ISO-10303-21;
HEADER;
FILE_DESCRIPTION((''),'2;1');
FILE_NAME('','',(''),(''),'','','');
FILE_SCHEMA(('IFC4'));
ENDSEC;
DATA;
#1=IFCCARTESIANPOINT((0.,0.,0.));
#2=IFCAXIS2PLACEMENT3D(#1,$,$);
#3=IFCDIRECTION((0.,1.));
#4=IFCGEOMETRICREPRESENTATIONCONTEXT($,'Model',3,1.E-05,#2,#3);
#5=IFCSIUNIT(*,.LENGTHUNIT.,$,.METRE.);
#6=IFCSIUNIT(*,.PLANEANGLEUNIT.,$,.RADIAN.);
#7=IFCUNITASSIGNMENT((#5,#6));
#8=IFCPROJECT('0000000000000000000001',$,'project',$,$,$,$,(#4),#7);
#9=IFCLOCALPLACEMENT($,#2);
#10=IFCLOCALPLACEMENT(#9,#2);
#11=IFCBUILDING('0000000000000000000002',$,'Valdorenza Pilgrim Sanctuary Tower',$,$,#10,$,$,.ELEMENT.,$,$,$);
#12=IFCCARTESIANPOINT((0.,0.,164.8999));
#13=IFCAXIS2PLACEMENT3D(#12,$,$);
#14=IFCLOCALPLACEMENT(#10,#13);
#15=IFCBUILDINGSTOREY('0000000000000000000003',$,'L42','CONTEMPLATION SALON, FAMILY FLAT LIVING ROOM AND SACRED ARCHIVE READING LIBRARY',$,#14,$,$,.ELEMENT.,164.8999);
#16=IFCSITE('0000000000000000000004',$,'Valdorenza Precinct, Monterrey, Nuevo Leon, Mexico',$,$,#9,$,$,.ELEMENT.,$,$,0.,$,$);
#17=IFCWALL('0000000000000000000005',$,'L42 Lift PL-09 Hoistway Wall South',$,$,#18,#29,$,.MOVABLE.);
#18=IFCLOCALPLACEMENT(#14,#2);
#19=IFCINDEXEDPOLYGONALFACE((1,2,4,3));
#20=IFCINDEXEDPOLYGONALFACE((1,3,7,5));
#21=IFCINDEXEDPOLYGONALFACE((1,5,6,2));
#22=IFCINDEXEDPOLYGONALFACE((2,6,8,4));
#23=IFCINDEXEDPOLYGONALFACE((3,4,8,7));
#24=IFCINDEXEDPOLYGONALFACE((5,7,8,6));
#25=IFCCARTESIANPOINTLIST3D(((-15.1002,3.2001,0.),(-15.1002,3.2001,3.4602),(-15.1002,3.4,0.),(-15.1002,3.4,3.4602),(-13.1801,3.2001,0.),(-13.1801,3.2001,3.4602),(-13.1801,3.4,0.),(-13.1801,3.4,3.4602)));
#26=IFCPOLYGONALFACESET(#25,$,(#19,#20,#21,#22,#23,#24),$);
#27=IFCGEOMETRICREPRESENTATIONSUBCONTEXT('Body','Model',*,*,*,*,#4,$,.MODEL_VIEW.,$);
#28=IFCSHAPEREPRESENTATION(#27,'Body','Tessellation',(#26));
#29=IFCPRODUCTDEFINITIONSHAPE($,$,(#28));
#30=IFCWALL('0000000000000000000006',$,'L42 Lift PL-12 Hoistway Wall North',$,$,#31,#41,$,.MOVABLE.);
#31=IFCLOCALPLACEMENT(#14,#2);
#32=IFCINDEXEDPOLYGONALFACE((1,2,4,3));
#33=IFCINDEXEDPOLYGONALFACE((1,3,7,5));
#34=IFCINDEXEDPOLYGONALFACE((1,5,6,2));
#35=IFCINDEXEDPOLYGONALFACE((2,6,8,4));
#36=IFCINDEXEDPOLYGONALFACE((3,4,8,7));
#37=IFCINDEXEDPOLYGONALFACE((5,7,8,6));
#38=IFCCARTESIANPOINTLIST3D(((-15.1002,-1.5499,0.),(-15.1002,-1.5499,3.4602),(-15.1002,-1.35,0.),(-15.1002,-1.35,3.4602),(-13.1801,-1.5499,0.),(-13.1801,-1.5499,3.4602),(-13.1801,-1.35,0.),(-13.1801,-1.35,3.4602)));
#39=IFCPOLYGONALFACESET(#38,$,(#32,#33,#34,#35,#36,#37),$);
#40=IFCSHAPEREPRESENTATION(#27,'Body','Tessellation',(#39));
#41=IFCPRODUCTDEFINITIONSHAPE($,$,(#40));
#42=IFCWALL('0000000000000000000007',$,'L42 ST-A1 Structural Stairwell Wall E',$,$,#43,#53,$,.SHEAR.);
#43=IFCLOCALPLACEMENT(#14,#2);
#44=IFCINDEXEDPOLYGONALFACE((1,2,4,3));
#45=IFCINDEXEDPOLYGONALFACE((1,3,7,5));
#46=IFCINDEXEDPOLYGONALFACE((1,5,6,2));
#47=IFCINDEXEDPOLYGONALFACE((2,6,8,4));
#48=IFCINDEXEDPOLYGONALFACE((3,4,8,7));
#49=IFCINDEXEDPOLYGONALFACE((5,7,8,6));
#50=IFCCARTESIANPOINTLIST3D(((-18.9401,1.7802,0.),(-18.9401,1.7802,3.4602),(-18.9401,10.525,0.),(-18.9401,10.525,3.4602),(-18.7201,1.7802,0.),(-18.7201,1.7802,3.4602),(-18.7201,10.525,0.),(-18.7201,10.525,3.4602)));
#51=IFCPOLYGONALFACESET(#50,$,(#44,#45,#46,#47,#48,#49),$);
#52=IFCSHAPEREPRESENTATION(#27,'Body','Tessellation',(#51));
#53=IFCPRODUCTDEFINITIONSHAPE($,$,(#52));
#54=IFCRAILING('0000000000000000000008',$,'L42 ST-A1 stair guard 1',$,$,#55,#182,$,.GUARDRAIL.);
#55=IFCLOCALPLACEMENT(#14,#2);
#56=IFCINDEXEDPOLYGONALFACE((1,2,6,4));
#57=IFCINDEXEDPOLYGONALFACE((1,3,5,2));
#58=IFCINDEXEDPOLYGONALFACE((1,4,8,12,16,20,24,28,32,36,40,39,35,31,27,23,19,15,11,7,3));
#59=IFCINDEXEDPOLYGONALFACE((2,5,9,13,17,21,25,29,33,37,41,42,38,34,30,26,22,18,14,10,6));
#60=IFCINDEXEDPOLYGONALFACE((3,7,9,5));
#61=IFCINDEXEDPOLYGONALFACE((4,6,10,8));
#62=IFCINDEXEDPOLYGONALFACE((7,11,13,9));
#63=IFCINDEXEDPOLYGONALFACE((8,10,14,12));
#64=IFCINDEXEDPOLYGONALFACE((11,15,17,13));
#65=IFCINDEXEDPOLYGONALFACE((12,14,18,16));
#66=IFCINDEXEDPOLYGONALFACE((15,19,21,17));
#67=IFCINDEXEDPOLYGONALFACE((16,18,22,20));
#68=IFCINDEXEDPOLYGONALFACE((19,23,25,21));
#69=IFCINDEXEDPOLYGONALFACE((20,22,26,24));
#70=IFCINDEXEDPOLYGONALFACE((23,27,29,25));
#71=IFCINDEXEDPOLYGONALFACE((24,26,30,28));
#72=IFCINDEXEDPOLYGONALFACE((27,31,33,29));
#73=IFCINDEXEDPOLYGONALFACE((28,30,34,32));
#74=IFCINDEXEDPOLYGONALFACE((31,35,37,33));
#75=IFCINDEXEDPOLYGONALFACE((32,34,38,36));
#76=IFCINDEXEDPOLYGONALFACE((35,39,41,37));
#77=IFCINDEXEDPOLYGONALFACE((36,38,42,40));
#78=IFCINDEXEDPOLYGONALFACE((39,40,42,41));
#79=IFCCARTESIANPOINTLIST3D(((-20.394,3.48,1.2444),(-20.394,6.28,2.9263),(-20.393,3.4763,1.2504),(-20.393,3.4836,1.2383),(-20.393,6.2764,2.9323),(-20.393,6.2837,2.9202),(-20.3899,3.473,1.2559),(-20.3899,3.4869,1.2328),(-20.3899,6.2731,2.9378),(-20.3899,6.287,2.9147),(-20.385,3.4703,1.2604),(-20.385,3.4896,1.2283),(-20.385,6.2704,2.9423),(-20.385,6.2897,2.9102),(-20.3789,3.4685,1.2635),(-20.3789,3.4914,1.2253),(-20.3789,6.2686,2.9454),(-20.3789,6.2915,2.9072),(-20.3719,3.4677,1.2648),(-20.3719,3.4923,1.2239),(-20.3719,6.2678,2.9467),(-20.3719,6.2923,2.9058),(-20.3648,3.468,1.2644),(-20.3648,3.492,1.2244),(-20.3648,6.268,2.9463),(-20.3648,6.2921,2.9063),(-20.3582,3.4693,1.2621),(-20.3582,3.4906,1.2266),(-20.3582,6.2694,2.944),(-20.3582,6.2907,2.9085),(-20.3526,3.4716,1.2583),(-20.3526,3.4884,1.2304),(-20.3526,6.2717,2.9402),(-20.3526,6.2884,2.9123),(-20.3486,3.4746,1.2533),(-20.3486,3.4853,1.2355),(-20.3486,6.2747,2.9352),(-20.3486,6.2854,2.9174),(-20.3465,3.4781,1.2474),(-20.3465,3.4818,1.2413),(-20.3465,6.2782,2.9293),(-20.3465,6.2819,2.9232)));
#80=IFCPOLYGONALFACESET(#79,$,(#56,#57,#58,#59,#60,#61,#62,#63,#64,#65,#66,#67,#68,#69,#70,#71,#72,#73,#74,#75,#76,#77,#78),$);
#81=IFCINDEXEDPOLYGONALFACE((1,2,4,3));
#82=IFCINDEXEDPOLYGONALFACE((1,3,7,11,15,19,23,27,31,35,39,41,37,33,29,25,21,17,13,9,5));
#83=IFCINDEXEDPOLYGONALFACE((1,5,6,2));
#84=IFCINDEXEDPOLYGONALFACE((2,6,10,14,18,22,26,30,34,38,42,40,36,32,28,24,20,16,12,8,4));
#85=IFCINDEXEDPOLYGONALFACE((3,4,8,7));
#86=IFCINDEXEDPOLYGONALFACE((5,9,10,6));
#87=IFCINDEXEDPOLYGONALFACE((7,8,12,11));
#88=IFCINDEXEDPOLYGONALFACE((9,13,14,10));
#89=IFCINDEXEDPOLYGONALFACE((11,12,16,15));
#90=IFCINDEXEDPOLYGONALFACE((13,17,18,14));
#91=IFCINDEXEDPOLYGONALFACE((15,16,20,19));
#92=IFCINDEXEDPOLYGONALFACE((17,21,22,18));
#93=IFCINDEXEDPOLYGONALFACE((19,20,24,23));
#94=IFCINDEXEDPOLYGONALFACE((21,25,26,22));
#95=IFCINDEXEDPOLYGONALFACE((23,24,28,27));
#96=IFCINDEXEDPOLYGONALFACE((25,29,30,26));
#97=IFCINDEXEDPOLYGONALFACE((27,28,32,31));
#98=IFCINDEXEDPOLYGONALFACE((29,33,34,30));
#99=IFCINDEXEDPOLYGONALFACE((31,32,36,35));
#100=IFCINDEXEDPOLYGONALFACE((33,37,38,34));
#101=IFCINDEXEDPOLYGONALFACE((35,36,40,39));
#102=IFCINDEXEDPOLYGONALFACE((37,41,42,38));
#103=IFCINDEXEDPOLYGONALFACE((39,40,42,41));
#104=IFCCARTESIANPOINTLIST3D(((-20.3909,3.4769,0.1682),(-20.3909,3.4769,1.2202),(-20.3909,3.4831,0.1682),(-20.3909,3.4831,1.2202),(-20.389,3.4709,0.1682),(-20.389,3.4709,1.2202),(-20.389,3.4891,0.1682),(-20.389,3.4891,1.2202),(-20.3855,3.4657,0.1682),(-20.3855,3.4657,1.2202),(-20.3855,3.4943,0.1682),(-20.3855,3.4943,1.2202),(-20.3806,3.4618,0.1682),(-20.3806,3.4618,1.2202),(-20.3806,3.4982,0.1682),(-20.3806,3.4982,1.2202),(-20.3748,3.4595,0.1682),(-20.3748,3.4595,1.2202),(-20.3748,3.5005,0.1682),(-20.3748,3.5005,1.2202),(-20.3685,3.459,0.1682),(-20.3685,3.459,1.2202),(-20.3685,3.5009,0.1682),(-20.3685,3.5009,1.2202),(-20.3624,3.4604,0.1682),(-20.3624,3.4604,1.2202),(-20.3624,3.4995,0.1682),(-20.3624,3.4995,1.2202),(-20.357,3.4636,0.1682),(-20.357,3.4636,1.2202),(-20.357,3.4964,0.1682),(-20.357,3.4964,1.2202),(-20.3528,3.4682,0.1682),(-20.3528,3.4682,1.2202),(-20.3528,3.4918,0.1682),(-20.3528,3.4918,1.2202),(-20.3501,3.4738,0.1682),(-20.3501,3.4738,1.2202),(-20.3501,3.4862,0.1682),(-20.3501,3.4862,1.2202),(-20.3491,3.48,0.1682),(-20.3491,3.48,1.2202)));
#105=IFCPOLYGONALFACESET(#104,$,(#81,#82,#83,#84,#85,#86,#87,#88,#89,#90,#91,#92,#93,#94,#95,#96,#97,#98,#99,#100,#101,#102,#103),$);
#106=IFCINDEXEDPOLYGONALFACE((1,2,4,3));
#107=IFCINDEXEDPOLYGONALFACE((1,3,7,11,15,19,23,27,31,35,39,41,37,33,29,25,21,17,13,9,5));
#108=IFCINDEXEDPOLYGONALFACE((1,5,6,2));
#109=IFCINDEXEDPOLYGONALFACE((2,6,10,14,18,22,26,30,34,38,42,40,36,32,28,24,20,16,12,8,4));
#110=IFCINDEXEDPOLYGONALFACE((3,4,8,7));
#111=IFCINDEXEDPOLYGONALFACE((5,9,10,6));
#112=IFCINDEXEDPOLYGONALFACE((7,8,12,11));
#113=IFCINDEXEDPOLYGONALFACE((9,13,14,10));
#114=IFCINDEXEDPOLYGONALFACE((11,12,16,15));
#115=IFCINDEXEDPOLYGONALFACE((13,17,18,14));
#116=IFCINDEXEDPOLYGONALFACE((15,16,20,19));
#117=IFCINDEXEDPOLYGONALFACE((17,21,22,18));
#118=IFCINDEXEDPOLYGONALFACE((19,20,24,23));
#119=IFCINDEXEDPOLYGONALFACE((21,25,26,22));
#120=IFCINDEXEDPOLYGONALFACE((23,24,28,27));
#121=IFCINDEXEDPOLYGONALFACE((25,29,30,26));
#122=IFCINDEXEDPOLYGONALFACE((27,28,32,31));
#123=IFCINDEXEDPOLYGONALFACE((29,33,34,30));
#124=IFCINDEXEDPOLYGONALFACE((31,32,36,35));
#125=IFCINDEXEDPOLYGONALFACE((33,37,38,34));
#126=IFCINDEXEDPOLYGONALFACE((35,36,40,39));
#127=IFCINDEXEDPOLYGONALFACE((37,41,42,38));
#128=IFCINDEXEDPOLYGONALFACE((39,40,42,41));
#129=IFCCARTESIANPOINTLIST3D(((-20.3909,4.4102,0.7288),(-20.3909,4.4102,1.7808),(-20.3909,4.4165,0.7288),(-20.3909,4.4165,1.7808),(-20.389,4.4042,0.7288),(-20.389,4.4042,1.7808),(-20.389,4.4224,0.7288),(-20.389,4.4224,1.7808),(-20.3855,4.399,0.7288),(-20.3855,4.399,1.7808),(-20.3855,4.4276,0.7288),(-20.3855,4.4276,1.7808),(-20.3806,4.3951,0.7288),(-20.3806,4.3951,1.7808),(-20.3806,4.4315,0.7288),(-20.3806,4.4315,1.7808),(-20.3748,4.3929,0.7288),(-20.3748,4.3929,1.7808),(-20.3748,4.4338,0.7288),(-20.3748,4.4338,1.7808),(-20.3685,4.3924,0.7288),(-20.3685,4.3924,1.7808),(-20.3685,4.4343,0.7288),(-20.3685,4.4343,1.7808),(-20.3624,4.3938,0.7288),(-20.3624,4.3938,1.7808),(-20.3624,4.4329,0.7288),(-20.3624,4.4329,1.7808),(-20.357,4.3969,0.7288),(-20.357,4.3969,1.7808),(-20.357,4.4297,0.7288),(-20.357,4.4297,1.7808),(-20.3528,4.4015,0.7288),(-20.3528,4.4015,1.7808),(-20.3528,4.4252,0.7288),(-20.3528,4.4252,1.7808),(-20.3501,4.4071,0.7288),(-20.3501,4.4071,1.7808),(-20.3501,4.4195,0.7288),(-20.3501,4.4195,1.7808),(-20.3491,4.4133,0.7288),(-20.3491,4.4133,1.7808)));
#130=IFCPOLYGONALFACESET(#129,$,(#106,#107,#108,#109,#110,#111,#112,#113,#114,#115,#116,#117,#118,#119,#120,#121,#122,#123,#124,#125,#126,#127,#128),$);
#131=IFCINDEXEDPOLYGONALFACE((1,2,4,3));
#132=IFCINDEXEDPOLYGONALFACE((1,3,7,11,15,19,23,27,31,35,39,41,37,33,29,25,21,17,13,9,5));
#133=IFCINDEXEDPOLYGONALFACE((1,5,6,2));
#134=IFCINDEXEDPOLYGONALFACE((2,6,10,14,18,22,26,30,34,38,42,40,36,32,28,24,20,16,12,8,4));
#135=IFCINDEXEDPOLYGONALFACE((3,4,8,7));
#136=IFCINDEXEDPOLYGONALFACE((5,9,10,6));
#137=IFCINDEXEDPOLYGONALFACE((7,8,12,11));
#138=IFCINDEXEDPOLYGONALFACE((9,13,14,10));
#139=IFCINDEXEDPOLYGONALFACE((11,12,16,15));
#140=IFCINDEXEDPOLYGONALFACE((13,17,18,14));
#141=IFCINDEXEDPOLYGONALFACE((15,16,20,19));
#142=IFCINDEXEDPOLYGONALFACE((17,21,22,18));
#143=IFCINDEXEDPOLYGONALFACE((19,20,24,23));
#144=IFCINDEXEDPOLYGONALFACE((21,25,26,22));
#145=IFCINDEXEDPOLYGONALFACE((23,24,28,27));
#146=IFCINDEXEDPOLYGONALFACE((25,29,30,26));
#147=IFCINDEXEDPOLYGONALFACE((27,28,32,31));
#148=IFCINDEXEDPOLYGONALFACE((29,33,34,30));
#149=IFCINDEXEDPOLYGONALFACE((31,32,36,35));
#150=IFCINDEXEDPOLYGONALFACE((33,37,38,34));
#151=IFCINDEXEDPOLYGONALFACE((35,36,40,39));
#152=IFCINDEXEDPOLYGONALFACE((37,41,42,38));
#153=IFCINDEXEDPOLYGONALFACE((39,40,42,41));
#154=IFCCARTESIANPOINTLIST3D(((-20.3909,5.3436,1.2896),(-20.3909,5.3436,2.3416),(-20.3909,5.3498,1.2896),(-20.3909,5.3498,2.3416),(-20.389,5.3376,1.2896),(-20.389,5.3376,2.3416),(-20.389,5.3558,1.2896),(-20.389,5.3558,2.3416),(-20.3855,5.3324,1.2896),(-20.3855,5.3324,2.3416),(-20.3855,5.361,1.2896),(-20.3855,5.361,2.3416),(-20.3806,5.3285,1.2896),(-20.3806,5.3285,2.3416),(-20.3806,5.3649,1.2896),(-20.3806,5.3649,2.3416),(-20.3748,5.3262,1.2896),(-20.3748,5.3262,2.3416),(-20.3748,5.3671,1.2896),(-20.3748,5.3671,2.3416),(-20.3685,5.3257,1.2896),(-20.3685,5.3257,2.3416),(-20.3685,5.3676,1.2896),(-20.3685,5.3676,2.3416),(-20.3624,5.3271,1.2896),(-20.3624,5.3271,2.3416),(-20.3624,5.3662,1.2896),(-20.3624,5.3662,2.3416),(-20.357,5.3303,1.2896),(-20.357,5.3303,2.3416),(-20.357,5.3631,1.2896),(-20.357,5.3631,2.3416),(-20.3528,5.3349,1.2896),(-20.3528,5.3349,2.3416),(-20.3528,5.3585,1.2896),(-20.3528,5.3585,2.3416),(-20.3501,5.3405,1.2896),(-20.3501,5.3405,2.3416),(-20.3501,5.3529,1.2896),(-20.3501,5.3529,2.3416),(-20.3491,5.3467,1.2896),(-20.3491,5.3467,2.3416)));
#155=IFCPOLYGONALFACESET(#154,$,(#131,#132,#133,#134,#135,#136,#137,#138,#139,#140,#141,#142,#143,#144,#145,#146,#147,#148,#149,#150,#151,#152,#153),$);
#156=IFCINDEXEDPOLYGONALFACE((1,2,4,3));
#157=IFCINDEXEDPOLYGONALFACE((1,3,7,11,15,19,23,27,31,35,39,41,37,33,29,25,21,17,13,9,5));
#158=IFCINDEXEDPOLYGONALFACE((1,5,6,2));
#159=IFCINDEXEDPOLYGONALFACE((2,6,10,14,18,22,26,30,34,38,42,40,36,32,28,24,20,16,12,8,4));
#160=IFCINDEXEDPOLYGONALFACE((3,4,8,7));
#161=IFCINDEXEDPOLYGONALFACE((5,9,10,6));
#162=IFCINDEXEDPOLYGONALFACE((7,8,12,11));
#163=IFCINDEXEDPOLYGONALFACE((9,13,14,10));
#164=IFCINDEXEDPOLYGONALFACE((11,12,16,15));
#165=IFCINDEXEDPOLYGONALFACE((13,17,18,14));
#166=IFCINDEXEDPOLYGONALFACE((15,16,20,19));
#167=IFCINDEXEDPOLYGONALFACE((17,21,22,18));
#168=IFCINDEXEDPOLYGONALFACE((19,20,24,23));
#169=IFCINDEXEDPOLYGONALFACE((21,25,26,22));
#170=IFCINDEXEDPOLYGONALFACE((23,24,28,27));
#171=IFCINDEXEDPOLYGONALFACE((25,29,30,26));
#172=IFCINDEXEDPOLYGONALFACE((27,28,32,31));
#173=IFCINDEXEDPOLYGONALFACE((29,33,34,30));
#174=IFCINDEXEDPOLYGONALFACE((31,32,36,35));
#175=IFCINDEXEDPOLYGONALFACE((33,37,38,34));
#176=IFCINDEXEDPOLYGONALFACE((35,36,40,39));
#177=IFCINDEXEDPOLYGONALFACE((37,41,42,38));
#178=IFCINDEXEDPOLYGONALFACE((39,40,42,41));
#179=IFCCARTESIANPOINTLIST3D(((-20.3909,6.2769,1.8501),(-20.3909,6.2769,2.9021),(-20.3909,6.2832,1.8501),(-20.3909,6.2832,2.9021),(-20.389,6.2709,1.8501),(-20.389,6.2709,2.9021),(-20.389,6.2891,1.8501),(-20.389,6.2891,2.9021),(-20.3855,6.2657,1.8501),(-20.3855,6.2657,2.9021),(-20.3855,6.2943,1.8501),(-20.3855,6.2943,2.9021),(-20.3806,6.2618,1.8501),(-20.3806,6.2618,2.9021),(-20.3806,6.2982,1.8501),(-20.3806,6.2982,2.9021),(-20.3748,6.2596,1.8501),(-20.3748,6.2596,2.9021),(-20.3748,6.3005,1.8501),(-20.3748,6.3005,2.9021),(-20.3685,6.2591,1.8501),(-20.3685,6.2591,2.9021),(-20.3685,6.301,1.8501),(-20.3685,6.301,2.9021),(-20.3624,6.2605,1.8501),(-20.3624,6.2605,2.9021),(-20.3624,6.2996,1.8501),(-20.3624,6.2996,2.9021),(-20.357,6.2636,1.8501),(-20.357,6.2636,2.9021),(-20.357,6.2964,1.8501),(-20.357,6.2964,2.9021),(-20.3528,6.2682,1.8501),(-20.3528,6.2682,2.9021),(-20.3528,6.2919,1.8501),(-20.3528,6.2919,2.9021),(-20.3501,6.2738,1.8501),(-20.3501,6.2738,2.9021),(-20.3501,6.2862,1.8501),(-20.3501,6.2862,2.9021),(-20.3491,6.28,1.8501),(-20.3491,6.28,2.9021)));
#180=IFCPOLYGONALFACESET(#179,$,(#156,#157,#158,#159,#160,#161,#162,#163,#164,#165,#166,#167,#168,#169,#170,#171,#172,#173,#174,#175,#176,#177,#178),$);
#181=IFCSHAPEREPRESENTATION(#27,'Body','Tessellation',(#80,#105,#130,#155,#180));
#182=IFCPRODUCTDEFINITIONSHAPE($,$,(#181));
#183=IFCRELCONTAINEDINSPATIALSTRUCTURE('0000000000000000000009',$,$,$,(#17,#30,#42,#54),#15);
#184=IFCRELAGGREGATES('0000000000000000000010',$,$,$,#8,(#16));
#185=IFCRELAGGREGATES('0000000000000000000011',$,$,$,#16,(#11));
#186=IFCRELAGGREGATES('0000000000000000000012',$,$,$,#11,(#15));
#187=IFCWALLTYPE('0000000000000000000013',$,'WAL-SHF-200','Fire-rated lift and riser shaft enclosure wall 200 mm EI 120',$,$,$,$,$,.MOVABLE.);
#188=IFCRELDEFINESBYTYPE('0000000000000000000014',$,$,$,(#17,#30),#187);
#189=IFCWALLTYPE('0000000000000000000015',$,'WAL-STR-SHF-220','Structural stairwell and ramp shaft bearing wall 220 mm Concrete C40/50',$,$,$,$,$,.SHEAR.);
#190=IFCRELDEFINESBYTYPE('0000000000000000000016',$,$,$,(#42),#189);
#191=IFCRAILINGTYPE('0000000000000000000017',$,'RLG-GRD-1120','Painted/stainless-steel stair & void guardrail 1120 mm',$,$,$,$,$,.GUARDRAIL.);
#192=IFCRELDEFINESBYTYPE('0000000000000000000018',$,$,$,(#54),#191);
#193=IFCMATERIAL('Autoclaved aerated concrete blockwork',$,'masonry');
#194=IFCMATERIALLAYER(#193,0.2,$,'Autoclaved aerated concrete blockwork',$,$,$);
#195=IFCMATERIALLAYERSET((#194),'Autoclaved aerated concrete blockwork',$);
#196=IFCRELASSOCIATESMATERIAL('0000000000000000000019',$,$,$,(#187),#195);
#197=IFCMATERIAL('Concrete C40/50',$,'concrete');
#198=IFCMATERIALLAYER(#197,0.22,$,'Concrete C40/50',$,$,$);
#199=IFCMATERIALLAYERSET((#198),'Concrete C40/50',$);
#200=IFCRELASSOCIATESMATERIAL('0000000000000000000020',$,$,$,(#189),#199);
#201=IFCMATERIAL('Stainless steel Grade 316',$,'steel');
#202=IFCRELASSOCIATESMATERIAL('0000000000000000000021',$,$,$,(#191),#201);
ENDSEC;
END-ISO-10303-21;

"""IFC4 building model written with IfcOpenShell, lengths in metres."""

from ifc_helpers import new_model, si_unit, direction, frame, frame_2d, origin, origin_2d, place, context, subcontext, project, spatial, rectangle, circle, extrude, material, layer, layer_set, type_object, element, save


model = new_model("IFC4")

# Units and contexts
model_context = context("Model", 3, precision=1e-05, world=origin(), true_north=direction((0.0, 1.0)))
body_context = subcontext(model_context, "Body", "Model", "MODEL_VIEW")
ifc_project = project(units=[si_unit("LENGTHUNIT", "METRE"), si_unit("PLANEANGLEUNIT", "RADIAN")], contexts=[model_context])

# Site, building, storey
site_placement = place(None, origin())
site = spatial("IfcSite", under=ifc_project, at=site_placement, Name="Valdorenza Precinct, Monterrey, Nuevo Leon, Mexico", CompositionType="ELEMENT", RefElevation=0.0)
building_placement = place(site_placement, origin())
building = spatial("IfcBuilding", under=site, at=building_placement, Name="Valdorenza Pilgrim Sanctuary Tower", CompositionType="ELEMENT")
storey_placement = place(building_placement, frame((0.0, 0.0, 164.8999)))
storey = spatial("IfcBuildingStorey", under=building, at=storey_placement, Name="L42", Description="CONTEMPLATION SALON, FAMILY FLAT LIVING ROOM AND SACRED ARCHIVE READING LIBRARY", CompositionType="ELEMENT", Elevation=164.8999)

# Shared definitions
ifc_material_1 = material(Name="Autoclaved aerated concrete blockwork", Category="masonry")
ifc_layer_1 = layer(ifc_material_1, 0.2, Name="Autoclaved aerated concrete blockwork")
ifc_layer_set_1 = layer_set([ifc_layer_1], Name="Autoclaved aerated concrete blockwork")
wall_type_1 = type_object("IfcWallType", Name="WAL-SHF-200", Description="Fire-rated lift and riser shaft enclosure wall 200 mm EI 120", PredefinedType="MOVABLE", material=ifc_layer_set_1)

# Walls
for number, where, z_axis, x_axis, name in (
    (1, (-15.1001, 3.3, 0.0), (0.0, 0.0, 1.0), (1.0, 0.0, 0.0), "L42 Lift PL-09 Hoistway Wall South"),
    (2, (-15.1001, -1.45, 0.0), (0.0, 0.0, 1.0), (1.0, 0.0, 0.0), "L42 Lift PL-12 Hoistway Wall North"),
):
    element("IfcWall", number, at=place(storey_placement, frame(where, z_axis=z_axis, x_axis=x_axis)), inside=storey, type_object=wall_type_1, Name=name, PredefinedType="MOVABLE", context=body_context, shape_type="SweptSolid", body=[
        extrude(rectangle(XDim=1.9202, YDim=0.2, at=frame_2d((0.96, 0.0))), origin(), (0.0, 0.0, 1.0), 3.4602),
    ])
ifc_material_2 = material(Name="Concrete C40/50", Category="concrete")
ifc_layer_2 = layer(ifc_material_2, 0.22, Name="Concrete C40/50")
ifc_layer_set_2 = layer_set([ifc_layer_2], Name="Concrete C40/50")
wall_type_2 = type_object("IfcWallType", Name="WAL-STR-SHF-220", Description="Structural stairwell and ramp shaft bearing wall 220 mm Concrete C40/50", PredefinedType="SHEAR", material=ifc_layer_set_2)
wall_1_placement = place(storey_placement, frame((-18.8301, 1.78, 0.0), z_axis=(0.0, 0.0, 1.0), x_axis=(0.0, 1.0, 0.0)))
element("IfcWall", 3, at=wall_1_placement, inside=storey, type_object=wall_type_2, Name="L42 ST-A1 Structural Stairwell Wall E", PredefinedType="SHEAR", context=body_context, shape_type="SweptSolid", body=[
    extrude(rectangle(XDim=8.7449, YDim=0.22, at=frame_2d((4.3726, 0.0))), origin(), (0.0, 0.0, 1.0), 3.4602),
])

# Railing
ifc_material_3 = material(Name="Stainless steel Grade 316", Category="steel")
railing_type = type_object("IfcRailingType", Name="RLG-GRD-1120", Description="Painted/stainless-steel stair & void guardrail 1120 mm", PredefinedType="GUARDRAIL", material=ifc_material_3)
railing_placement = place(storey_placement, frame((-20.3701, 3.48, 0.1682)))
element("IfcRailing", 4, at=railing_placement, inside=storey, type_object=railing_type, Name="L42 ST-A1 stair guard 1", PredefinedType="GUARDRAIL", context=body_context, shape_type="SweptSolid", body=[
    extrude(circle(Radius=0.0239, at=origin_2d()), frame((0.0, 0.0, 1.0762), z_axis=(0.0, 0.857242, 0.514913), x_axis=(-1.0, 0.0, 0.0)), (0.0, 0.0, 1.0), 3.2664),
    extrude(circle(Radius=0.021, at=origin_2d()), origin(), (0.0, 0.0, 1.0), 1.052),
    extrude(circle(Radius=0.021, at=origin_2d()), frame((0.0, 0.9333, 0.5605)), (0.0, 0.0, 1.0), 1.052),
    extrude(circle(Radius=0.021, at=origin_2d()), frame((0.0, 1.8667, 1.1213)), (0.0, 0.0, 1.0), 1.052),
    extrude(circle(Radius=0.021, at=origin_2d()), frame((0.0, 2.8, 1.6819)), (0.0, 0.0, 1.0), 1.052),
])

save(model, "model.ifc")
